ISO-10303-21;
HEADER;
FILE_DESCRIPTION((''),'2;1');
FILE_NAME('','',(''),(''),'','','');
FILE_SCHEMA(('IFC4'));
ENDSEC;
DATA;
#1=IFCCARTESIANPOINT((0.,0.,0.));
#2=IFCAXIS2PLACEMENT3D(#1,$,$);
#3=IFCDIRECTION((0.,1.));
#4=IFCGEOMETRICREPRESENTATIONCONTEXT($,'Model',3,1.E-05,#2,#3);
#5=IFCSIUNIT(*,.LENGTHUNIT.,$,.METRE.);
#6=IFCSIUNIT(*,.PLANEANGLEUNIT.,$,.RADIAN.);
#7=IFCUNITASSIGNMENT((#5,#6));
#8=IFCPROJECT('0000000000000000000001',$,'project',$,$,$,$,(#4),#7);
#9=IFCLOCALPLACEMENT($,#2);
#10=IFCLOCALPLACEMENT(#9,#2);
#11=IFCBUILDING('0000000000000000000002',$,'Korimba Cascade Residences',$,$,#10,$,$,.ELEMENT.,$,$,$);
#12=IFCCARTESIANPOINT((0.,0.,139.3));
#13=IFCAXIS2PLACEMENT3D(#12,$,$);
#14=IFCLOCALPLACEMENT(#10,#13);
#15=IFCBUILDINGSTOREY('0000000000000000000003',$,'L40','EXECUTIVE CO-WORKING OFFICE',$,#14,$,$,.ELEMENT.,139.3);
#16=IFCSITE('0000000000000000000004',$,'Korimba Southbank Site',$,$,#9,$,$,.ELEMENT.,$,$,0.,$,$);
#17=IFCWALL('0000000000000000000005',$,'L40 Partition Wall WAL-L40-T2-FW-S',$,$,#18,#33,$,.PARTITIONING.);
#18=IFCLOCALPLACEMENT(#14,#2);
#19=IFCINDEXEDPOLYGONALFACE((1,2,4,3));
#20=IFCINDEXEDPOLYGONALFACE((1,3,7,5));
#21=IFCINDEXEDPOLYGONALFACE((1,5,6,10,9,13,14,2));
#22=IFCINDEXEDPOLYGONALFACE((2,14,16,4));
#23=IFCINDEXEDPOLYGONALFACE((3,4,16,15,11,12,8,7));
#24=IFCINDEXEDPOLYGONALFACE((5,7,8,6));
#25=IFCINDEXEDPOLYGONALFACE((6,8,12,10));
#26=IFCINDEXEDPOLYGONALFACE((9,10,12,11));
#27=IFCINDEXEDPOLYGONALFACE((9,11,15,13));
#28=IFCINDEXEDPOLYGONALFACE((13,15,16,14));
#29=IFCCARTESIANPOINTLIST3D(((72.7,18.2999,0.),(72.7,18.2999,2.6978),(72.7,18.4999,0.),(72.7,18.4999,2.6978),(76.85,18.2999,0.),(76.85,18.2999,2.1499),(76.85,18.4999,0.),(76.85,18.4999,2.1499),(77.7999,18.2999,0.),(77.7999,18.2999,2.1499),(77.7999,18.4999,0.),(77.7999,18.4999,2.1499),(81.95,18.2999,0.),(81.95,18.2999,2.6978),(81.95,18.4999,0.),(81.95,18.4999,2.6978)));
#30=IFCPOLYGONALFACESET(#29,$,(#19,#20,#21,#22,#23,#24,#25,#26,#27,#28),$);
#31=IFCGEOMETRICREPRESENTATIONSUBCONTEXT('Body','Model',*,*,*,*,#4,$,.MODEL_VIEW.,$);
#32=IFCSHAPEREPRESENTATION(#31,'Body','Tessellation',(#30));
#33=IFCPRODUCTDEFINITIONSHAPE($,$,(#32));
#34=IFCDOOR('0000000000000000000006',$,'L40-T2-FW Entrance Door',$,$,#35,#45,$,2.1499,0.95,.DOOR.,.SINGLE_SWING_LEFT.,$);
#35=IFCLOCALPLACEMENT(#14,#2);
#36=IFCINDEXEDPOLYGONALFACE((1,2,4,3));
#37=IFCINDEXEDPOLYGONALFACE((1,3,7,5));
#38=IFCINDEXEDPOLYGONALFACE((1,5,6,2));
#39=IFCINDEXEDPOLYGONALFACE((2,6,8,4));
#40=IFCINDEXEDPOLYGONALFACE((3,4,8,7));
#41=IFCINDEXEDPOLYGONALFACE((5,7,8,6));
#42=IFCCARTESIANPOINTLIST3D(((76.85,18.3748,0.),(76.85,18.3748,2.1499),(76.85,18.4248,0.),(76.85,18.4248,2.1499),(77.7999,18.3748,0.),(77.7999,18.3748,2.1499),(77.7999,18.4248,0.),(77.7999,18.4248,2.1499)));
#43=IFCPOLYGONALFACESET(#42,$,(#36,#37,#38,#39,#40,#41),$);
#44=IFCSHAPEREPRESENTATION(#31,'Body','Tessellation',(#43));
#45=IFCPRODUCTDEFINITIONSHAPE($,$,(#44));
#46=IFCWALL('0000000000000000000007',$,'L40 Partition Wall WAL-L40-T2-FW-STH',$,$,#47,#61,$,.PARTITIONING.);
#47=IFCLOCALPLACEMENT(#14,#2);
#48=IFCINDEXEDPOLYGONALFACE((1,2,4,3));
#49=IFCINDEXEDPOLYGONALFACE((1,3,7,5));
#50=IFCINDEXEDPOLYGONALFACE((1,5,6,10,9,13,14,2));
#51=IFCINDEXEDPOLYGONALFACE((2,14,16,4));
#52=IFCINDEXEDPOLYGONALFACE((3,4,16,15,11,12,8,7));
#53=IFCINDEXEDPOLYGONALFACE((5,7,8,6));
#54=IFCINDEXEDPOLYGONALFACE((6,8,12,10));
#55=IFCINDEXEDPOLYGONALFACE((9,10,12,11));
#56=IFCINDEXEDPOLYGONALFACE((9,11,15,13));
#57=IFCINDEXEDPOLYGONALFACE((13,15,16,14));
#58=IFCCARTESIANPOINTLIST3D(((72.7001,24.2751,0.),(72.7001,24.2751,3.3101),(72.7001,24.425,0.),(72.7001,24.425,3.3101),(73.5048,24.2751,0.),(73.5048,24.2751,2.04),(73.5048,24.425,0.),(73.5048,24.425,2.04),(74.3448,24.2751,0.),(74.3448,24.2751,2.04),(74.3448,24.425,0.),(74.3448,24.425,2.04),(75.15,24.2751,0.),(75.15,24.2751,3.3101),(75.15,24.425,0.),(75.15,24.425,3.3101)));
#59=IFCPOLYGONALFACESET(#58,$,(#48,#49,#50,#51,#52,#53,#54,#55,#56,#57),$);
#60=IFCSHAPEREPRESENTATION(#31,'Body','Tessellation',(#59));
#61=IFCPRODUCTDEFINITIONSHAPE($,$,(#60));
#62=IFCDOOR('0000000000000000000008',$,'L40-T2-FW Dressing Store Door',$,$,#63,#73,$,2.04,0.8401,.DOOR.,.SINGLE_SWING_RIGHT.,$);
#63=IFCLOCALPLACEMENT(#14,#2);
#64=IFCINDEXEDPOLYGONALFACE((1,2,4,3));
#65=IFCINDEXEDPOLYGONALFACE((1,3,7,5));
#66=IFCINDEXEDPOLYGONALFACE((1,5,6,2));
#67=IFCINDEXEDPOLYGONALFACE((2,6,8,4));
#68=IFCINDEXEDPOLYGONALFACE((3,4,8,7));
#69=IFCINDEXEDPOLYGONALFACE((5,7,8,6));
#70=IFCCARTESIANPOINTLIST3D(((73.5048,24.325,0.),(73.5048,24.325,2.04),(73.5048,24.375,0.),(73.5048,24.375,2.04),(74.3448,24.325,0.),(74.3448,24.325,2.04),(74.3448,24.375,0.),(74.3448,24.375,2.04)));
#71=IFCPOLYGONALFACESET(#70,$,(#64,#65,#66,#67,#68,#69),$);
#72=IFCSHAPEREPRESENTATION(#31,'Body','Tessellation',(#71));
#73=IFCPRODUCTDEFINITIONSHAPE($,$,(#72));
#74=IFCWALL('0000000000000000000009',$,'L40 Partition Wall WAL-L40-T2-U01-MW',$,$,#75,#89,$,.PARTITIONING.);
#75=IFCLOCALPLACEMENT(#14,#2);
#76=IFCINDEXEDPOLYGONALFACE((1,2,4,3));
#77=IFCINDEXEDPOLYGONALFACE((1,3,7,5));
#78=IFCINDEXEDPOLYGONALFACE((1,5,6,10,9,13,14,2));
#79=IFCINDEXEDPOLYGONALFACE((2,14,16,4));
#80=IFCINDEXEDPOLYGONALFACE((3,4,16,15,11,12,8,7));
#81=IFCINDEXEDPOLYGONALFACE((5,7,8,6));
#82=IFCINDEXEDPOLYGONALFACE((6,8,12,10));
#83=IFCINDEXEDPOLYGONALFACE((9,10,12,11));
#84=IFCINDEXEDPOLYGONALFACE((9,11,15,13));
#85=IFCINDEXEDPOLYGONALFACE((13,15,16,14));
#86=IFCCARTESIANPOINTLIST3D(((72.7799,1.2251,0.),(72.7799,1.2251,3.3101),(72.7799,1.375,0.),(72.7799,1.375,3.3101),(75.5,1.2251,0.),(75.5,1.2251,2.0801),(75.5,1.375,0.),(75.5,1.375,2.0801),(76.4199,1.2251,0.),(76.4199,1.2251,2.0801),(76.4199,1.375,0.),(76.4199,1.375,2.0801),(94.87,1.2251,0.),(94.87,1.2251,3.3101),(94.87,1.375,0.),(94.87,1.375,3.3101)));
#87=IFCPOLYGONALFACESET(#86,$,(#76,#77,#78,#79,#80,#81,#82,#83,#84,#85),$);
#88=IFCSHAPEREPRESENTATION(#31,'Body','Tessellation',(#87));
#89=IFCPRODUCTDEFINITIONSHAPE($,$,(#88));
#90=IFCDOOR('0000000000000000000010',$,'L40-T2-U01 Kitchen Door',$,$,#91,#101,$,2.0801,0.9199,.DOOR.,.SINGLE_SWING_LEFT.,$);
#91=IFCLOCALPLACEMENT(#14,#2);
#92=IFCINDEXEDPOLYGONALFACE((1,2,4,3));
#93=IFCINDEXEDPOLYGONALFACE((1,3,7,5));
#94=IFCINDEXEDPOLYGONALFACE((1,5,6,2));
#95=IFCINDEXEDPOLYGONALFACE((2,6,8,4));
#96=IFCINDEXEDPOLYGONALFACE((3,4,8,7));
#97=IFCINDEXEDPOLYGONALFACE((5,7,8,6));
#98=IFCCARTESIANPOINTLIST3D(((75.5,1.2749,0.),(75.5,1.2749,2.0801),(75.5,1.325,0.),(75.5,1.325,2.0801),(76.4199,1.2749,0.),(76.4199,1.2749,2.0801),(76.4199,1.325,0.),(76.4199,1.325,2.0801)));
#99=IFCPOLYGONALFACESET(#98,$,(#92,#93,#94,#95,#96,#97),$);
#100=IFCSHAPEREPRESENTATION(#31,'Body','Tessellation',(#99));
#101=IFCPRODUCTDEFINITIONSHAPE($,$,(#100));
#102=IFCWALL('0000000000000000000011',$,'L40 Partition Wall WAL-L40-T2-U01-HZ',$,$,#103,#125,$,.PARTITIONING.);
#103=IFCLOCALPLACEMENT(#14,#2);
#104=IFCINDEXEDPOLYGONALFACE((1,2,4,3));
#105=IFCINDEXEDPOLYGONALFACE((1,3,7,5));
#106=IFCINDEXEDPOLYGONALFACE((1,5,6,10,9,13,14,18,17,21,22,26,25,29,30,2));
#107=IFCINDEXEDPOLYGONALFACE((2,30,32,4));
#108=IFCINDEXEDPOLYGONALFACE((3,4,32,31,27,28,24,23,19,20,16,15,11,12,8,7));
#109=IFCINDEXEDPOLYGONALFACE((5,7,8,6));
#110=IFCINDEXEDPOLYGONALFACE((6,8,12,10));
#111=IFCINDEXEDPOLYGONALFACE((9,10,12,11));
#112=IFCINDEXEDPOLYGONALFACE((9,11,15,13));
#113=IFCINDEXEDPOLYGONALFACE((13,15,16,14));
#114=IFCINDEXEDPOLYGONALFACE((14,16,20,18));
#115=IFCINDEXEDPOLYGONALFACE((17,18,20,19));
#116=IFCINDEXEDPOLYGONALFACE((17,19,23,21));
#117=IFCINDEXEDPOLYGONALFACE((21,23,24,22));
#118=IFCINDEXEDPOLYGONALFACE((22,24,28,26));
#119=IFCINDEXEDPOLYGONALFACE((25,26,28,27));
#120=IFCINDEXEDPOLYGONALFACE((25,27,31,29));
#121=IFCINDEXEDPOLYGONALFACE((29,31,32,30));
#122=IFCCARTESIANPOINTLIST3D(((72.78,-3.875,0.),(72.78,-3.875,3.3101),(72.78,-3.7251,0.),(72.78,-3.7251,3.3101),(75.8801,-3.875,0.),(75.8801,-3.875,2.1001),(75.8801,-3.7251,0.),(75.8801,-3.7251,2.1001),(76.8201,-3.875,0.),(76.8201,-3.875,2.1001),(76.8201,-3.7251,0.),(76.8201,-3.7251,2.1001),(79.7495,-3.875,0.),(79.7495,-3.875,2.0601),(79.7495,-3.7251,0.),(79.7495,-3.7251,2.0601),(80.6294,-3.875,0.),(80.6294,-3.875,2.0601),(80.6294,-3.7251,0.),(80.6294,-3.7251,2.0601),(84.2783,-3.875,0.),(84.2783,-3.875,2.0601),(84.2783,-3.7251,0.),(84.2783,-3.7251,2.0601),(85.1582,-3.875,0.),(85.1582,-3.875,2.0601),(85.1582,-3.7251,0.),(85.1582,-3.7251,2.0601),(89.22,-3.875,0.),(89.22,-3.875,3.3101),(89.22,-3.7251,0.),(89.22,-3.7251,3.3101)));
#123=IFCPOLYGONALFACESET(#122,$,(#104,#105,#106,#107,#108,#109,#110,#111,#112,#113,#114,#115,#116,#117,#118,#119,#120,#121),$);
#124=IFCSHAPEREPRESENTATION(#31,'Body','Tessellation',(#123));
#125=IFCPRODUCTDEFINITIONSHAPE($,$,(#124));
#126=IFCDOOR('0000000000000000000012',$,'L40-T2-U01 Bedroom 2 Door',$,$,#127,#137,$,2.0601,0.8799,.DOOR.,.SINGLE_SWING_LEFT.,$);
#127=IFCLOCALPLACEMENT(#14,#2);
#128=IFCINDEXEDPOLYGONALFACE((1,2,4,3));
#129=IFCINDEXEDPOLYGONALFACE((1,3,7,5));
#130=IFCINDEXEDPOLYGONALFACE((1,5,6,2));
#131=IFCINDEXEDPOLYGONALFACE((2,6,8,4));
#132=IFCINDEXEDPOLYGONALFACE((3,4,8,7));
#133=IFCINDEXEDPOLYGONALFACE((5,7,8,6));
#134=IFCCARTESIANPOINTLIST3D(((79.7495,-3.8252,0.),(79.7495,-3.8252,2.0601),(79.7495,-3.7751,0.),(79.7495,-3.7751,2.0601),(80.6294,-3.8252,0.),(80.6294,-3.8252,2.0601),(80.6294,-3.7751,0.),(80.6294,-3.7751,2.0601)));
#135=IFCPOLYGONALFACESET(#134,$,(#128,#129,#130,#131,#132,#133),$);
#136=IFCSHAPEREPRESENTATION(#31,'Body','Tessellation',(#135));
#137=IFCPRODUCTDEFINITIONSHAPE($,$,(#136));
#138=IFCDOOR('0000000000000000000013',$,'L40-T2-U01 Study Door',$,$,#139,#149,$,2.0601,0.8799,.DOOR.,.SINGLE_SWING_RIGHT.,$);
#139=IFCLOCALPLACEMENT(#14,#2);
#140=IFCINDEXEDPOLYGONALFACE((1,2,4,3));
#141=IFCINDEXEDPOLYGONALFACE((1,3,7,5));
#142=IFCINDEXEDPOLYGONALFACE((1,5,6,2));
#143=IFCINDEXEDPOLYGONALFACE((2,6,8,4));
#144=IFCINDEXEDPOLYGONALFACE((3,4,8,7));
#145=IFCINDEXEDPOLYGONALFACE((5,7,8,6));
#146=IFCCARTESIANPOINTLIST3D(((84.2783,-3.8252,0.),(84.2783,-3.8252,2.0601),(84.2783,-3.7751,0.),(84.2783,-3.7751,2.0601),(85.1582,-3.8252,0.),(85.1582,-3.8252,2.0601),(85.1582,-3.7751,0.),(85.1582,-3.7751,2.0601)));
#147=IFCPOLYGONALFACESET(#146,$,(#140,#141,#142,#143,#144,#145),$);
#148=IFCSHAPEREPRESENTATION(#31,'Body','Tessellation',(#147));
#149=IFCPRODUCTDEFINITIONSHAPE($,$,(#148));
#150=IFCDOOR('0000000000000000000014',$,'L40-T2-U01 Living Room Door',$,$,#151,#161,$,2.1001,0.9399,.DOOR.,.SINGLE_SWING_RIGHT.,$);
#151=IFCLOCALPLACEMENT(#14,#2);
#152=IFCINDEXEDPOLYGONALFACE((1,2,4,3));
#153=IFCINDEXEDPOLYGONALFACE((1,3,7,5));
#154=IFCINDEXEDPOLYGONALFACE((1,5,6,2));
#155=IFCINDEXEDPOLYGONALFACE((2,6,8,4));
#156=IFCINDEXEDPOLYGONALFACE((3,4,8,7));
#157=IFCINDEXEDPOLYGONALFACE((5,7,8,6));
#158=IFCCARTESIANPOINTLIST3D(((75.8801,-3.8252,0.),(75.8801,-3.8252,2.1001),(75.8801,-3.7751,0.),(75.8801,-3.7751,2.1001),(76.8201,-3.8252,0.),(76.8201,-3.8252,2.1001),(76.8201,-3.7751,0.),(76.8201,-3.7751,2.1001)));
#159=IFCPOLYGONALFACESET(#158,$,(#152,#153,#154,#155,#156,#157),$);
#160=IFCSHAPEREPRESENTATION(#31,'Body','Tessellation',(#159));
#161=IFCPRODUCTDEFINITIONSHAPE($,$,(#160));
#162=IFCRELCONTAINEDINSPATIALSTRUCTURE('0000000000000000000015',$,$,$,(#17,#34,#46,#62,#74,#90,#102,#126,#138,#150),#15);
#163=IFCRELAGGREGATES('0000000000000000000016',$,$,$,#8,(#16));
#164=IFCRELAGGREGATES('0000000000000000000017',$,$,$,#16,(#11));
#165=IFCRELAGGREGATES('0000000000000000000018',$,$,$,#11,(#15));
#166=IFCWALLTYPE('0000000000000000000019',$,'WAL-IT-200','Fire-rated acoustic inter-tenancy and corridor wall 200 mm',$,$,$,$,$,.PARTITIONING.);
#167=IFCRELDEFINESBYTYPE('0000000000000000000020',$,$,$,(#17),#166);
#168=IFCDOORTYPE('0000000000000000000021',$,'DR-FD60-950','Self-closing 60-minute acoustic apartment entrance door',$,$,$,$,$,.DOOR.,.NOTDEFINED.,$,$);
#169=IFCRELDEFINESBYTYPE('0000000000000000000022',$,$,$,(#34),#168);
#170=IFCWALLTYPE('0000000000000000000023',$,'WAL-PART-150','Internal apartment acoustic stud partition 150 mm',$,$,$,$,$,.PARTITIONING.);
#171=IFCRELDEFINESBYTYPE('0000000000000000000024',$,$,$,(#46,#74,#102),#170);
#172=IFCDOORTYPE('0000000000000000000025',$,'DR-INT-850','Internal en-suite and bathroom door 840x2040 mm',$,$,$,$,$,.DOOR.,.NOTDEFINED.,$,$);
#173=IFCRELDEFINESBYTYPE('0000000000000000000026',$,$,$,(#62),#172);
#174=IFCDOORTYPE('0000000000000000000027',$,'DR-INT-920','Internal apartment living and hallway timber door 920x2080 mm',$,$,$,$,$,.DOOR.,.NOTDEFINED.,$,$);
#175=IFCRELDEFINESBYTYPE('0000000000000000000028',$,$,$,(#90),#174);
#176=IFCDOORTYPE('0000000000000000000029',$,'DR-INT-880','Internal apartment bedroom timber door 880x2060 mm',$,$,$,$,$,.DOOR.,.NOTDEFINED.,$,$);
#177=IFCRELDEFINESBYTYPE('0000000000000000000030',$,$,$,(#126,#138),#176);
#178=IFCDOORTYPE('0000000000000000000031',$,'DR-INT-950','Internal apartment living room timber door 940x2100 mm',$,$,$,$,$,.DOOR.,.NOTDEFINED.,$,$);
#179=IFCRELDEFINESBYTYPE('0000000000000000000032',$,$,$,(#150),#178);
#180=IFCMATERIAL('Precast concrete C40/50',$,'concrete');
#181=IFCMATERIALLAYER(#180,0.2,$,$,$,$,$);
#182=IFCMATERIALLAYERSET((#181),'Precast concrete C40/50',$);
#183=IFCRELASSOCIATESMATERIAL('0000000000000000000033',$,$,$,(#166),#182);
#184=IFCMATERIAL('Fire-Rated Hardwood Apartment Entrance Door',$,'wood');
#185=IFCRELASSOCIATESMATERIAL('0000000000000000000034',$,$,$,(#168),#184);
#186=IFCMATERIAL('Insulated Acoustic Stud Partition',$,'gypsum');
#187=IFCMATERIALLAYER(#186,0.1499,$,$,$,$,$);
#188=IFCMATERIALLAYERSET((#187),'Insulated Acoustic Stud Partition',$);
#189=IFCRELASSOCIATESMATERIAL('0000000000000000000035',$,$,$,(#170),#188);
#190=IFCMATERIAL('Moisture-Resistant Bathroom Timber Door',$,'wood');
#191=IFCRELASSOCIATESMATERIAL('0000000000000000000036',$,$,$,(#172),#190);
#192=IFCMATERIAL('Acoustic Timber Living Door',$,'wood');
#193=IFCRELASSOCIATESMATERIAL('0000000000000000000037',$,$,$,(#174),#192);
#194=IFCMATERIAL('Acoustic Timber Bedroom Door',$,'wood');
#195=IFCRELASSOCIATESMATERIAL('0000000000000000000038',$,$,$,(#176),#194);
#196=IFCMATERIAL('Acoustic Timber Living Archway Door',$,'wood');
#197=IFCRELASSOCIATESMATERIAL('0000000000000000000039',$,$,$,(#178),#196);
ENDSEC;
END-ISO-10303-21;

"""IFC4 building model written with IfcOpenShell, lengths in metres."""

from ifc_helpers import new_model, si_unit, direction, frame, frame_2d, origin, place, context, subcontext, project, spatial, rectangle, extrude, material, layer, layer_set, type_object, element, fill, save


model = new_model("IFC4")

# Units and contexts
model_context = context("Model", 3, precision=1e-05, world=origin(), true_north=direction((0.0, 1.0)))
body_context = subcontext(model_context, "Body", "Model", "MODEL_VIEW")
ifc_project = project(units=[si_unit("LENGTHUNIT", "METRE"), si_unit("PLANEANGLEUNIT", "RADIAN")], contexts=[model_context])

# Site, building, storey
site_placement = place(None, origin())
site = spatial("IfcSite", under=ifc_project, at=site_placement, Name="Korimba Southbank Site", CompositionType="ELEMENT", RefElevation=0.0)
building_placement = place(site_placement, origin())
building = spatial("IfcBuilding", under=site, at=building_placement, Name="Korimba Cascade Residences", CompositionType="ELEMENT")
storey_placement = place(building_placement, frame((0.0, 0.0, 139.3)))
storey = spatial("IfcBuildingStorey", under=building, at=storey_placement, Name="L40", Description="EXECUTIVE CO-WORKING OFFICE", CompositionType="ELEMENT", Elevation=139.3)

# Shared definitions
ifc_material_1 = material(Name="Precast concrete C40/50", Category="concrete")

# Walls, openings, doors
ifc_layer_1 = layer(ifc_material_1, 0.2)
ifc_layer_set_1 = layer_set([ifc_layer_1], Name="Precast concrete C40/50")
wall_type_1 = type_object("IfcWallType", Name="WAL-IT-200", Description="Fire-rated acoustic inter-tenancy and corridor wall 200 mm", PredefinedType="PARTITIONING", material=ifc_layer_set_1)
wall_1_placement = place(storey_placement, frame((72.7, 18.3999, 0.0), z_axis=(0.0, 0.0, 1.0), x_axis=(1.0, 0.0, 0.0)))
wall_1 = element("IfcWall", 1, at=wall_1_placement, inside=storey, type_object=wall_type_1, Name="L40 Partition Wall WAL-L40-T2-FW-S", PredefinedType="PARTITIONING", context=body_context, shape_type="SweptSolid", body=[
    extrude(rectangle(XDim=9.25, YDim=0.2, at=frame_2d((4.625, 0.0))), origin(), (0.0, 0.0, 1.0), 2.6978),
])
opening_1_placement = place(wall_1_placement, frame((4.1499, 0.0, 0.0)))
opening_1 = element("IfcOpeningElement", 2, at=opening_1_placement, cuts=wall_1, PredefinedType="OPENING", context=body_context, shape_type="SweptSolid", body=[
    extrude(rectangle(XDim=0.95, YDim=2.1499, at=frame_2d((0.4751, 1.075))), frame((0.0, 0.1099, 0.0), z_axis=(0.0, -1.0, 0.0), x_axis=(1.0, 0.0, 0.0)), (0.0, 0.0, 1.0), 0.22),
])
ifc_material_2 = material(Name="Fire-Rated Hardwood Apartment Entrance Door", Category="wood")
door_type_1 = type_object("IfcDoorType", Name="DR-FD60-950", Description="Self-closing 60-minute acoustic apartment entrance door", OperationType="NOTDEFINED", PredefinedType="DOOR", material=ifc_material_2)
door_1_placement = place(opening_1_placement, origin())
door_1 = element("IfcDoor", 3, at=door_1_placement, inside=storey, type_object=door_type_1, Name="L40-T2-FW Entrance Door", OperationType="SINGLE_SWING_LEFT", OverallHeight=2.1499, OverallWidth=0.95, PredefinedType="DOOR", context=body_context, shape_type="SweptSolid", body=[
    extrude(rectangle(XDim=0.95, YDim=2.1499, at=frame_2d((0.4751, 1.075))), frame((0.0, 0.0249, 0.0), z_axis=(0.0, -1.0, 0.0), x_axis=(1.0, 0.0, 0.0)), (0.0, 0.0, 1.0), 0.05),
])
fill(opening_1, door_1)
ifc_material_3 = material(Name="Insulated Acoustic Stud Partition", Category="gypsum")
ifc_layer_2 = layer(ifc_material_3, 0.1499)
ifc_layer_set_2 = layer_set([ifc_layer_2], Name="Insulated Acoustic Stud Partition")
wall_type_2 = type_object("IfcWallType", Name="WAL-PART-150", Description="Internal apartment acoustic stud partition 150 mm", PredefinedType="PARTITIONING", material=ifc_layer_set_2)
wall_2_placement = place(storey_placement, frame((72.7, 24.3501, 0.0), z_axis=(0.0, 0.0, 1.0), x_axis=(1.0, 0.0, 0.0)))
wall_2 = element("IfcWall", 4, at=wall_2_placement, inside=storey, type_object=wall_type_2, Name="L40 Partition Wall WAL-L40-T2-FW-STH", PredefinedType="PARTITIONING", context=body_context, shape_type="SweptSolid", body=[
    extrude(rectangle(XDim=2.45, YDim=0.1499, at=frame_2d((1.2251, 0.0))), origin(), (0.0, 0.0, 1.0), 3.3101),
])
opening_2_placement = place(wall_2_placement, frame((0.8049, 0.0, 0.0)))
opening_2 = element("IfcOpeningElement", 5, at=opening_2_placement, cuts=wall_2, PredefinedType="OPENING", context=body_context, shape_type="SweptSolid", body=[
    extrude(rectangle(XDim=0.8401, YDim=2.04, at=frame_2d((0.4199, 1.02))), frame((0.0, 0.085, 0.0), z_axis=(0.0, -1.0, 0.0), x_axis=(1.0, 0.0, 0.0)), (0.0, 0.0, 1.0), 0.1699),
])
ifc_material_4 = material(Name="Moisture-Resistant Bathroom Timber Door", Category="wood")
door_type_2 = type_object("IfcDoorType", Name="DR-INT-850", Description="Internal en-suite and bathroom door 840x2040 mm", OperationType="NOTDEFINED", PredefinedType="DOOR", material=ifc_material_4)
door_2_placement = place(opening_2_placement, origin())
door_2 = element("IfcDoor", 6, at=door_2_placement, inside=storey, type_object=door_type_2, Name="L40-T2-FW Dressing Store Door", OperationType="SINGLE_SWING_RIGHT", OverallHeight=2.04, OverallWidth=0.8401, PredefinedType="DOOR", context=body_context, shape_type="SweptSolid", body=[
    extrude(rectangle(XDim=0.8401, YDim=2.04, at=frame_2d((0.4199, 1.02))), frame((0.0, 0.0249, 0.0), z_axis=(0.0, -1.0, 0.0), x_axis=(1.0, 0.0, 0.0)), (0.0, 0.0, 1.0), 0.05),
])
fill(opening_2, door_2)
wall_3_placement = place(storey_placement, frame((72.78, 1.3, 0.0), z_axis=(0.0, 0.0, 1.0), x_axis=(1.0, 0.0, 0.0)))
wall_3 = element("IfcWall", 7, at=wall_3_placement, inside=storey, type_object=wall_type_2, Name="L40 Partition Wall WAL-L40-T2-U01-MW", PredefinedType="PARTITIONING", context=body_context, shape_type="SweptSolid", body=[
    extrude(rectangle(XDim=22.0901, YDim=0.1499, at=frame_2d((11.0449, 0.0))), origin(), (0.0, 0.0, 1.0), 3.3101),
])
opening_3_placement = place(wall_3_placement, frame((2.72, 0.0, 0.0)))
opening_3 = element("IfcOpeningElement", 8, at=opening_3_placement, cuts=wall_3, PredefinedType="OPENING", context=body_context, shape_type="SweptSolid", body=[
    extrude(rectangle(XDim=0.9199, YDim=2.0801, at=frame_2d((0.46, 1.04))), frame((0.0, 0.085, 0.0), z_axis=(0.0, -1.0, 0.0), x_axis=(1.0, 0.0, 0.0)), (0.0, 0.0, 1.0), 0.1699),
])
ifc_material_5 = material(Name="Acoustic Timber Living Door", Category="wood")
door_type_3 = type_object("IfcDoorType", Name="DR-INT-920", Description="Internal apartment living and hallway timber door 920x2080 mm", OperationType="NOTDEFINED", PredefinedType="DOOR", material=ifc_material_5)
door_3_placement = place(opening_3_placement, origin())
door_3 = element("IfcDoor", 9, at=door_3_placement, inside=storey, type_object=door_type_3, Name="L40-T2-U01 Kitchen Door", OperationType="SINGLE_SWING_LEFT", OverallHeight=2.0801, OverallWidth=0.9199, PredefinedType="DOOR", context=body_context, shape_type="SweptSolid", body=[
    extrude(rectangle(XDim=0.9199, YDim=2.0801, at=frame_2d((0.46, 1.04))), frame((0.0, 0.0249, 0.0), z_axis=(0.0, -1.0, 0.0), x_axis=(1.0, 0.0, 0.0)), (0.0, 0.0, 1.0), 0.05),
])
fill(opening_3, door_3)

# Wall, openings, doors
wall_4_placement = place(storey_placement, frame((72.78, -3.8, 0.0), z_axis=(0.0, 0.0, 1.0), x_axis=(1.0, 0.0, 0.0)))
wall_4 = element("IfcWall", 10, at=wall_4_placement, inside=storey, type_object=wall_type_2, Name="L40 Partition Wall WAL-L40-T2-U01-HZ", PredefinedType="PARTITIONING", context=body_context, shape_type="SweptSolid", body=[
    extrude(rectangle(XDim=16.4399, YDim=0.1499, at=frame_2d((8.22, 0.0))), origin(), (0.0, 0.0, 1.0), 3.3101),
])
opening_4_placement = place(wall_4_placement, frame((3.1001, 0.0, 0.0)))
opening_4 = element("IfcOpeningElement", 11, at=opening_4_placement, cuts=wall_4, PredefinedType="OPENING", context=body_context, shape_type="SweptSolid", body=[
    extrude(rectangle(XDim=0.9399, YDim=2.1001, at=frame_2d((0.47, 1.05))), frame((0.0, 0.085, 0.0), z_axis=(0.0, -1.0, 0.0), x_axis=(1.0, 0.0, 0.0)), (0.0, 0.0, 1.0), 0.1699),
])
opening_5_placement = place(wall_4_placement, frame((6.9695, 0.0, 0.0)))
opening_5 = element("IfcOpeningElement", 12, at=opening_5_placement, cuts=wall_4, PredefinedType="OPENING", context=body_context, shape_type="SweptSolid", body=[
    extrude(rectangle(XDim=0.8799, YDim=2.0601, at=frame_2d((0.4399, 1.03))), frame((0.0, 0.085, 0.0), z_axis=(0.0, -1.0, 0.0), x_axis=(1.0, 0.0, 0.0)), (0.0, 0.0, 1.0), 0.1699),
])
opening_6_placement = place(wall_4_placement, frame((11.4983, 0.0, 0.0)))
opening_6 = element("IfcOpeningElement", 13, at=opening_6_placement, cuts=wall_4, PredefinedType="OPENING", context=body_context, shape_type="SweptSolid", body=[
    extrude(rectangle(XDim=0.8799, YDim=2.0601, at=frame_2d((0.4399, 1.03))), frame((0.0, 0.085, 0.0), z_axis=(0.0, -1.0, 0.0), x_axis=(1.0, 0.0, 0.0)), (0.0, 0.0, 1.0), 0.1699),
])
ifc_material_6 = material(Name="Acoustic Timber Bedroom Door", Category="wood")
door_type_4 = type_object("IfcDoorType", Name="DR-INT-880", Description="Internal apartment bedroom timber door 880x2060 mm", OperationType="NOTDEFINED", PredefinedType="DOOR", material=ifc_material_6)
door_4_placement = place(opening_5_placement, origin())
door_4 = element("IfcDoor", 14, at=door_4_placement, inside=storey, type_object=door_type_4, Name="L40-T2-U01 Bedroom 2 Door", OperationType="SINGLE_SWING_LEFT", OverallHeight=2.0601, OverallWidth=0.8799, PredefinedType="DOOR", context=body_context, shape_type="SweptSolid", body=[
    extrude(rectangle(XDim=0.8799, YDim=2.0601, at=frame_2d((0.4399, 1.03))), frame((0.0, 0.0249, 0.0), z_axis=(0.0, -1.0, 0.0), x_axis=(1.0, 0.0, 0.0)), (0.0, 0.0, 1.0), 0.05),
])
fill(opening_5, door_4)
door_5_placement = place(opening_6_placement, origin())
door_5 = element("IfcDoor", 15, at=door_5_placement, inside=storey, type_object=door_type_4, Name="L40-T2-U01 Study Door", OperationType="SINGLE_SWING_RIGHT", OverallHeight=2.0601, OverallWidth=0.8799, PredefinedType="DOOR", context=body_context, shape_type="SweptSolid", body=[
    extrude(rectangle(XDim=0.8799, YDim=2.0601, at=frame_2d((0.4399, 1.03))), frame((0.0, 0.0249, 0.0), z_axis=(0.0, -1.0, 0.0), x_axis=(1.0, 0.0, 0.0)), (0.0, 0.0, 1.0), 0.05),
])
fill(opening_6, door_5)
ifc_material_7 = material(Name="Acoustic Timber Living Archway Door", Category="wood")
door_type_5 = type_object("IfcDoorType", Name="DR-INT-950", Description="Internal apartment living room timber door 940x2100 mm", OperationType="NOTDEFINED", PredefinedType="DOOR", material=ifc_material_7)
door_6_placement = place(opening_4_placement, origin())
door_6 = element("IfcDoor", 16, at=door_6_placement, inside=storey, type_object=door_type_5, Name="L40-T2-U01 Living Room Door", OperationType="SINGLE_SWING_RIGHT", OverallHeight=2.1001, OverallWidth=0.9399, PredefinedType="DOOR", context=body_context, shape_type="SweptSolid", body=[
    extrude(rectangle(XDim=0.9399, YDim=2.1001, at=frame_2d((0.47, 1.05))), frame((0.0, 0.0249, 0.0), z_axis=(0.0, -1.0, 0.0), x_axis=(1.0, 0.0, 0.0)), (0.0, 0.0, 1.0), 0.05),
])
fill(opening_4, door_6)

save(model, "model.ifc")
